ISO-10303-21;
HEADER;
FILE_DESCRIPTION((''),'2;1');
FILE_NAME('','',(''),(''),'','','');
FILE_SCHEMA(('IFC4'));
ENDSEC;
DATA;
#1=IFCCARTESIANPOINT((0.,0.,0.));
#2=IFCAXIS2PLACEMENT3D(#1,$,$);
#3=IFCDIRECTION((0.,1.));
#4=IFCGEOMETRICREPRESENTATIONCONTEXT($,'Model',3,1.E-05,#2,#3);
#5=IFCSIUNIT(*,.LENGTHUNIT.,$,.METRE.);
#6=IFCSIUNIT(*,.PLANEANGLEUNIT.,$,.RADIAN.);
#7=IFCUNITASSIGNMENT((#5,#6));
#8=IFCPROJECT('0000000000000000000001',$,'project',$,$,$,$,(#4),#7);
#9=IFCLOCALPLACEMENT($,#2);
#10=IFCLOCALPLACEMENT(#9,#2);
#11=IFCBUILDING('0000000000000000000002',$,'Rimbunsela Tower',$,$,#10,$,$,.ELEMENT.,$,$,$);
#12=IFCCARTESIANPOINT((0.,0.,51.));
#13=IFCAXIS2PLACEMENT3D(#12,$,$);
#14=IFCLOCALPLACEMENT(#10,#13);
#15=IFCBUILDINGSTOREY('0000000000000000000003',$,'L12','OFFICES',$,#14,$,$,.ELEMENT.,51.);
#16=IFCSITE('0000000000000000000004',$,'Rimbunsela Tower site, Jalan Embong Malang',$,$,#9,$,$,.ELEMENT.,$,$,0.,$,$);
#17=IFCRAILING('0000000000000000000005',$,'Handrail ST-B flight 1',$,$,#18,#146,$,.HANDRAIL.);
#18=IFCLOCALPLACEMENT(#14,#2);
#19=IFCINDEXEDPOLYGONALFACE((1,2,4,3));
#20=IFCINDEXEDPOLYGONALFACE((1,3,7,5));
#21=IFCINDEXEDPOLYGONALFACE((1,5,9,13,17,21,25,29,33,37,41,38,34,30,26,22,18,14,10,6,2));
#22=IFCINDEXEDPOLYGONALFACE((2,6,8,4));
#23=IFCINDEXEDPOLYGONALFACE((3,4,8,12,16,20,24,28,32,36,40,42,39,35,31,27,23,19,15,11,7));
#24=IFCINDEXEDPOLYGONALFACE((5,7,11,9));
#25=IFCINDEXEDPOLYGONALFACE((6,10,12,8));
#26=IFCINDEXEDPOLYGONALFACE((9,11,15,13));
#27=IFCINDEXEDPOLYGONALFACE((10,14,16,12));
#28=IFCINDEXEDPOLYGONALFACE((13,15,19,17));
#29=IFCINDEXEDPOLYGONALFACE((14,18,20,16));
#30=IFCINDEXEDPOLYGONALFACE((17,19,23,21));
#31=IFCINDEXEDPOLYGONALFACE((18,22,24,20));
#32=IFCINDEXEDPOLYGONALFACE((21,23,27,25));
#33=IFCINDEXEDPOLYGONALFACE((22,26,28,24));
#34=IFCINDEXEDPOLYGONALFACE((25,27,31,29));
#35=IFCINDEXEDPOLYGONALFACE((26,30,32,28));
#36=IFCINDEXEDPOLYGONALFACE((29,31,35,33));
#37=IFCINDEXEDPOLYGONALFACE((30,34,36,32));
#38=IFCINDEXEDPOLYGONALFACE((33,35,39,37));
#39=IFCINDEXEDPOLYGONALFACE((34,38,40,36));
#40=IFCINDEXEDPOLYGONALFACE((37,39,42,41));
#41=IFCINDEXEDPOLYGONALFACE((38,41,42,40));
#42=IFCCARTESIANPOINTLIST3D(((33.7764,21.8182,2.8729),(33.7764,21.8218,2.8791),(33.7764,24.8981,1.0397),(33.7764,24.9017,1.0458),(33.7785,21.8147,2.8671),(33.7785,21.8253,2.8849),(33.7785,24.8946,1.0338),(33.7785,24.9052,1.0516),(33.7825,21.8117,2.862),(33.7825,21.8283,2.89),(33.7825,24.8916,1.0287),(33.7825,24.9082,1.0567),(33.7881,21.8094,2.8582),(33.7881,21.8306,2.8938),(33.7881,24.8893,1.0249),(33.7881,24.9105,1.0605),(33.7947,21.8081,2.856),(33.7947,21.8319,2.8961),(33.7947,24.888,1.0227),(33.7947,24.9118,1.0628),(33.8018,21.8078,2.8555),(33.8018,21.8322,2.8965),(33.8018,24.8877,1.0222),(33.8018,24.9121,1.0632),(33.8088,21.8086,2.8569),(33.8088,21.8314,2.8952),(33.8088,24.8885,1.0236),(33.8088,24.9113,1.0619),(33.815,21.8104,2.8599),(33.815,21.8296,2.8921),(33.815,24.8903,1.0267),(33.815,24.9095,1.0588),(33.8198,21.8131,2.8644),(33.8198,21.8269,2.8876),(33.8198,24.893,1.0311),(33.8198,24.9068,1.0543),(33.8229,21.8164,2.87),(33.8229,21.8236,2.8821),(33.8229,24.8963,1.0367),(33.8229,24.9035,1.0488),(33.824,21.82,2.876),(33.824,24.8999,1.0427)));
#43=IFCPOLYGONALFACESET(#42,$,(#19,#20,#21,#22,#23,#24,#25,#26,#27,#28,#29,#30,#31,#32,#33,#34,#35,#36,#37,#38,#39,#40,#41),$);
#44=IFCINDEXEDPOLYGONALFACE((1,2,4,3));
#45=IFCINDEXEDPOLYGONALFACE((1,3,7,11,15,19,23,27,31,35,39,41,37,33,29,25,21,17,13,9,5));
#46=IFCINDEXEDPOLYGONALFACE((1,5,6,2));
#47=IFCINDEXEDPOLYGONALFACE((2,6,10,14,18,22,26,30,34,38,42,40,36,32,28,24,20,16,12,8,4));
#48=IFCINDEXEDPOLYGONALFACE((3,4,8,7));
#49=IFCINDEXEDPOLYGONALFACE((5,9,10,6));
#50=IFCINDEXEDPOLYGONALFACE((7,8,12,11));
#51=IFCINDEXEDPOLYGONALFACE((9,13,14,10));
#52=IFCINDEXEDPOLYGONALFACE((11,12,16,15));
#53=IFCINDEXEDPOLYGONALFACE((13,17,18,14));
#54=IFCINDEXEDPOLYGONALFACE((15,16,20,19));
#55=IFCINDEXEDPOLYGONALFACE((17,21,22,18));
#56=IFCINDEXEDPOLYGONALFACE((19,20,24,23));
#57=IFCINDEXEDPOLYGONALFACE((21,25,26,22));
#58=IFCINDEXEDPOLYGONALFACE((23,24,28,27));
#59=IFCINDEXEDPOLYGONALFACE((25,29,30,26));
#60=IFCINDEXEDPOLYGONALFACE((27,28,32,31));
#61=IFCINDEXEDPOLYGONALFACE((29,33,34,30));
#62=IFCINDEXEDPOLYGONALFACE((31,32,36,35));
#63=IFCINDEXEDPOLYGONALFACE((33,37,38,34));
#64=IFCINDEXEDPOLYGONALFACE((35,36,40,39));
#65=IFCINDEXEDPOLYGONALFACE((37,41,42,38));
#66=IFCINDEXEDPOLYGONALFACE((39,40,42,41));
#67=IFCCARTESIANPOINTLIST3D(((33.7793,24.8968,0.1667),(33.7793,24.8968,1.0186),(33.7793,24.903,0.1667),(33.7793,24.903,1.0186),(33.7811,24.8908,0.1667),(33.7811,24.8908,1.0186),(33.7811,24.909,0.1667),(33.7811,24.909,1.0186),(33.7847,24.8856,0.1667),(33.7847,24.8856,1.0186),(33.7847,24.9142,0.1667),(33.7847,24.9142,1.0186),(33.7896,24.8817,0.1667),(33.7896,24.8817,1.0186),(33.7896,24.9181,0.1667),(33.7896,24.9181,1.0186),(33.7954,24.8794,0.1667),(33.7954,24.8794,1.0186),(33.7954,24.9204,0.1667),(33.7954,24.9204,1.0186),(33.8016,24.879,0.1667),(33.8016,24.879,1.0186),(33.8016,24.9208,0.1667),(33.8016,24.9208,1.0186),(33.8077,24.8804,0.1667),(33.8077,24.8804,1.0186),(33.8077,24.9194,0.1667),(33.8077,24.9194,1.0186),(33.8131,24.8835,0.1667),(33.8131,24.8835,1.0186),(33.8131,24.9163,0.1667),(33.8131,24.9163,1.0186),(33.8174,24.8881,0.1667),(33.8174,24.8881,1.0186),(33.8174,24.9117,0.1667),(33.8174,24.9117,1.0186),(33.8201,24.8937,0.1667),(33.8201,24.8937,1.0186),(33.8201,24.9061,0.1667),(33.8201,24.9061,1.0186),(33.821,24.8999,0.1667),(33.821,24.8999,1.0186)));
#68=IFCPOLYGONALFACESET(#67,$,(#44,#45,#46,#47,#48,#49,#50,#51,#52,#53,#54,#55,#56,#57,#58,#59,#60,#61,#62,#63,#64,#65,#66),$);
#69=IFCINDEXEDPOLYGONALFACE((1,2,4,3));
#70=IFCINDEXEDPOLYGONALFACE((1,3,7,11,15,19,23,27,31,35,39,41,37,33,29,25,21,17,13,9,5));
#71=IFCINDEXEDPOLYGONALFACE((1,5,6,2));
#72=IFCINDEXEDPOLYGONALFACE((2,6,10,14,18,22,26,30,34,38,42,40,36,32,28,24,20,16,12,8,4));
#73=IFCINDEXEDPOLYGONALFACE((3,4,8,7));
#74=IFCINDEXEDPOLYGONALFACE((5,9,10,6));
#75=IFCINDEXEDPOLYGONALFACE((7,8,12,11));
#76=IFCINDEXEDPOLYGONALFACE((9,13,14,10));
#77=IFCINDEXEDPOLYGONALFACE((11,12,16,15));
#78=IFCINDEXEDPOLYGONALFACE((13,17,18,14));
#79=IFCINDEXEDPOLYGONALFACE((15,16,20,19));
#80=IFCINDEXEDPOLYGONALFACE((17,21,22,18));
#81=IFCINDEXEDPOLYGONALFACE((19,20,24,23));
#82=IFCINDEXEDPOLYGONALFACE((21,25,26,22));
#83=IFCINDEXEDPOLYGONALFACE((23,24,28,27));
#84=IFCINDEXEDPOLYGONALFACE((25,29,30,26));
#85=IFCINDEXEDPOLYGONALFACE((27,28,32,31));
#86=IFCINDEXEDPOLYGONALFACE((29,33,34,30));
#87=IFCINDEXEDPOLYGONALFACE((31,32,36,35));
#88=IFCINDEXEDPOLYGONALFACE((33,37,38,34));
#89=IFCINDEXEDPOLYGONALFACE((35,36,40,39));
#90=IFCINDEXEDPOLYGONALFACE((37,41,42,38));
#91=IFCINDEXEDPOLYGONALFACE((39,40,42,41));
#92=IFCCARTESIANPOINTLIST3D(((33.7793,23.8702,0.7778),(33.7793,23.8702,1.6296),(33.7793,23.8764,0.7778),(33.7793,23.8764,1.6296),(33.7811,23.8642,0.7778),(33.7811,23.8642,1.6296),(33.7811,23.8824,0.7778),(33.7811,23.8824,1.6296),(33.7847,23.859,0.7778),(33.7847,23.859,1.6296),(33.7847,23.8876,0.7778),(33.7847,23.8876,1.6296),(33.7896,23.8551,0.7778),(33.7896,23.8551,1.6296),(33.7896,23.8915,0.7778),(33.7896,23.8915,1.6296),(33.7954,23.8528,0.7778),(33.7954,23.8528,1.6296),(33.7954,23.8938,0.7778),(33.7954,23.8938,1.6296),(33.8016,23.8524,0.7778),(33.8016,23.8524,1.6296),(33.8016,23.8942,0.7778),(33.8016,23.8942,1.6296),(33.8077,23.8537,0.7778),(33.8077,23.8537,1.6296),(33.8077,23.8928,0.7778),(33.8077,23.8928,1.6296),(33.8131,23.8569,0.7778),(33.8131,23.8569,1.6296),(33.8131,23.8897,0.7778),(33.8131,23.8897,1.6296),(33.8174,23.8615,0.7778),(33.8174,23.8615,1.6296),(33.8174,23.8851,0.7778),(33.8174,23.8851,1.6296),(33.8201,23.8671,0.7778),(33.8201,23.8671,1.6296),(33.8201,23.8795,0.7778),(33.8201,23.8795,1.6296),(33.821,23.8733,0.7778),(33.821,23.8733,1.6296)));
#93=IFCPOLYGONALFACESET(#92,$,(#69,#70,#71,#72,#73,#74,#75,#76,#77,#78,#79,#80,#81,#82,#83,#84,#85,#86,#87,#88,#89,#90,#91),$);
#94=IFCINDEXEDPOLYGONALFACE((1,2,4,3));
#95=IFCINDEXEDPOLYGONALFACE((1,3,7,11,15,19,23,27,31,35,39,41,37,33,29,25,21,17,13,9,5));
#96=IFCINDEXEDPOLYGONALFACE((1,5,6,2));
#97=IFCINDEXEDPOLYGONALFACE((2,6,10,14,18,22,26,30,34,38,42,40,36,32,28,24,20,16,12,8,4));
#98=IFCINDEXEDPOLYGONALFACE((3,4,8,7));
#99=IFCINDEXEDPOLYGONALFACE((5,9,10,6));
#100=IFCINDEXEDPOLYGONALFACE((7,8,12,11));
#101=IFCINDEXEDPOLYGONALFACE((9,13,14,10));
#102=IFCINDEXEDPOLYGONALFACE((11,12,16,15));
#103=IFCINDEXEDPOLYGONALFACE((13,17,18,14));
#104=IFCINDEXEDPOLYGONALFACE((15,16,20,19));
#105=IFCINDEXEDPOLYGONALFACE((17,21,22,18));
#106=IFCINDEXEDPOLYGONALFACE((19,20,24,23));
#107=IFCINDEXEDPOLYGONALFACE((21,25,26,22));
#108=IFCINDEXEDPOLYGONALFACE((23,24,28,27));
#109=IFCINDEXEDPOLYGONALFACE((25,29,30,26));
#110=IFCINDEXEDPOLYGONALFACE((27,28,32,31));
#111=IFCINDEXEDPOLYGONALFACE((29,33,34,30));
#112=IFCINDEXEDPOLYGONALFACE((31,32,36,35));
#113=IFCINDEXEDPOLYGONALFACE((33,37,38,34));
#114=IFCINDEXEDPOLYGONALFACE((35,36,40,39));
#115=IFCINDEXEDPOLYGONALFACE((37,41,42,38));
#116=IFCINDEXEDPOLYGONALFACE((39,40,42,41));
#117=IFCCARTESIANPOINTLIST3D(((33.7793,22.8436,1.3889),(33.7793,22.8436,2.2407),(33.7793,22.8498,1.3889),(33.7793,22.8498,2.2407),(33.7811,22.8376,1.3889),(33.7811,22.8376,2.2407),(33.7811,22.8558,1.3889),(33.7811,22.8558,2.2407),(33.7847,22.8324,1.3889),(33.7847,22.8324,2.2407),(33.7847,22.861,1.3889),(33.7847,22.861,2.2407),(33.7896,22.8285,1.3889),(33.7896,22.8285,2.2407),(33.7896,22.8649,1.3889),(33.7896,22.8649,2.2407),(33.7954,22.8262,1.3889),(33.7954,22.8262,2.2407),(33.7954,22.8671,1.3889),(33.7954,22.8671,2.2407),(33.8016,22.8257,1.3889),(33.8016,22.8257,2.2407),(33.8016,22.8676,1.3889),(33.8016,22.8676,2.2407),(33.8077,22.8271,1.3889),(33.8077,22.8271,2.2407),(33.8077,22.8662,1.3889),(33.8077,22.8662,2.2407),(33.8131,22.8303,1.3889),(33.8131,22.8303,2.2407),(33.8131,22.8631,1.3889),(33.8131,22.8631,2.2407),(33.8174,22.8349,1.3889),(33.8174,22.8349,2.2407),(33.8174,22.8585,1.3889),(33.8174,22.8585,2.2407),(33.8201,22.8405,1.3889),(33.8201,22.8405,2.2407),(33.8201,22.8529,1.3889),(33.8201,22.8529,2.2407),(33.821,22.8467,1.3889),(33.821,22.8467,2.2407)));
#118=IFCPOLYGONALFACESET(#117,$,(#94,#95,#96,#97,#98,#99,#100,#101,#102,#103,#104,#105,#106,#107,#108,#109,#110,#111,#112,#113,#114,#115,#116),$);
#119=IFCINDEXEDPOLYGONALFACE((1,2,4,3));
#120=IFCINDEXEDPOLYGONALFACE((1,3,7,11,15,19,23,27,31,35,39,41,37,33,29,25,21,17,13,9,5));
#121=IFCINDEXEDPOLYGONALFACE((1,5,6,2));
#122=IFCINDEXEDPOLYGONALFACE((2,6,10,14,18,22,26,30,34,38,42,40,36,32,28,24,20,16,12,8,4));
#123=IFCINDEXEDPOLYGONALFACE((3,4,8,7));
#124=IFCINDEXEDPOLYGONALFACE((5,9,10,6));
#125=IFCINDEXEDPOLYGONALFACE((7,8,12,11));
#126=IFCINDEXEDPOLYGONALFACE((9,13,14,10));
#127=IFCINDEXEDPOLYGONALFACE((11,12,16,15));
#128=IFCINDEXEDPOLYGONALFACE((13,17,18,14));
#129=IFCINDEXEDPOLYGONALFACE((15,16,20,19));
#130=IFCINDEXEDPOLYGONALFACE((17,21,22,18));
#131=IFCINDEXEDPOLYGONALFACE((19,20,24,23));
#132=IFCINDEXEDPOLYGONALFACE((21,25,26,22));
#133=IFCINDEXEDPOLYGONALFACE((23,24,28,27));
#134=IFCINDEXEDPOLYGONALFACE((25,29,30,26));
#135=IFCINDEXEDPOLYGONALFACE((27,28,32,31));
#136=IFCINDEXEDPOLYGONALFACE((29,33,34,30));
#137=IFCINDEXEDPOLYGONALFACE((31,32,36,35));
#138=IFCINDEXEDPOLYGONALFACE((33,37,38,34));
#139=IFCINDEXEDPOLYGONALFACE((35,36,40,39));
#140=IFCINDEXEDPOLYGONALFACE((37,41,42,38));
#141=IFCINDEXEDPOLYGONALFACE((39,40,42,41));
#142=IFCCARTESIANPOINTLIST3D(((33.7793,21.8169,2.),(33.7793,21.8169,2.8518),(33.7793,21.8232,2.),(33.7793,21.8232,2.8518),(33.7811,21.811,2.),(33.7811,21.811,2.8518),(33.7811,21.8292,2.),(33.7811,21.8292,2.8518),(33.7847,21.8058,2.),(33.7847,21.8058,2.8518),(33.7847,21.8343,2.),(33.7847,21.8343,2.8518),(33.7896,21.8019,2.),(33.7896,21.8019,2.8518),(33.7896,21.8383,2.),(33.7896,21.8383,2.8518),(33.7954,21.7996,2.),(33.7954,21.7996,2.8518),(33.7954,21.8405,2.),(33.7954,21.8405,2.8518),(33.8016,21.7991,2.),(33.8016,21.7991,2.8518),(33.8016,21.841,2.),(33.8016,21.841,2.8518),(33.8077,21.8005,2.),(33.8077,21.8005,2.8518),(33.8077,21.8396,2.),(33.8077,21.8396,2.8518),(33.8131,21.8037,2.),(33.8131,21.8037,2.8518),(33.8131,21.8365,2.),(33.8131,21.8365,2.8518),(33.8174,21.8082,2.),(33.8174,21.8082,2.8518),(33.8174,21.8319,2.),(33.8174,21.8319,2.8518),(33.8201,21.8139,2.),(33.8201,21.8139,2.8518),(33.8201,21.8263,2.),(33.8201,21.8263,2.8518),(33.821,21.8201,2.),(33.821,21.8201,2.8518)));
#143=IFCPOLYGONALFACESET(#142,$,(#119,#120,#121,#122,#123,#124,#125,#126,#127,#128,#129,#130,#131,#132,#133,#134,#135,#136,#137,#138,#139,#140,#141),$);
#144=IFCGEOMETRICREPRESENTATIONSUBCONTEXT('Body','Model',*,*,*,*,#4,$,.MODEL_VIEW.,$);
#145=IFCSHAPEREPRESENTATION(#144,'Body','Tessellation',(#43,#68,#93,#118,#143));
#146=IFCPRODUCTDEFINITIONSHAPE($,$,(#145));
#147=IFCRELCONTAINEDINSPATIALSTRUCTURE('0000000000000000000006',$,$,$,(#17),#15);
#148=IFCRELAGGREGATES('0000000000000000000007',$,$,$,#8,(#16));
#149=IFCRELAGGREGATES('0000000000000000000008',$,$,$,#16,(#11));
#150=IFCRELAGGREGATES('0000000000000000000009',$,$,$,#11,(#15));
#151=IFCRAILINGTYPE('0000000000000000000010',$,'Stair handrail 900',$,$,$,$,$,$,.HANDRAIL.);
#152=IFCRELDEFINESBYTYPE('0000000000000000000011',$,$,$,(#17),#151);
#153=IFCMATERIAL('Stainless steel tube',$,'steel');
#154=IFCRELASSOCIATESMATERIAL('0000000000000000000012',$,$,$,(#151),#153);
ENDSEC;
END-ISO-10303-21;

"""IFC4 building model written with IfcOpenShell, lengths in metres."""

from ifc_helpers import new_model, si_unit, direction, frame, origin, origin_2d, place, context, subcontext, project, spatial, circle, extrude, material, type_object, element, save


model = new_model("IFC4")

# Units and contexts
model_context = context("Model", 3, precision=1e-05, world=origin(), true_north=direction((0.0, 1.0)))
body_context = subcontext(model_context, "Body", "Model", "MODEL_VIEW")
ifc_project = project(units=[si_unit("LENGTHUNIT", "METRE"), si_unit("PLANEANGLEUNIT", "RADIAN")], contexts=[model_context])

# Site, building, storey
site_placement = place(None, origin())
site = spatial("IfcSite", under=ifc_project, at=site_placement, Name="Rimbunsela Tower site, Jalan Embong Malang", CompositionType="ELEMENT", RefElevation=0.0)
building_placement = place(site_placement, origin())
building = spatial("IfcBuilding", under=site, at=building_placement, Name="Rimbunsela Tower", CompositionType="ELEMENT")
storey_placement = place(building_placement, frame((0.0, 0.0, 51.0)))
storey = spatial("IfcBuildingStorey", under=building, at=storey_placement, Name="L12", Description="OFFICES", CompositionType="ELEMENT", Elevation=51.0)

# Railing
ifc_material_1 = material(Name="Stainless steel tube", Category="steel")
railing_type = type_object("IfcRailingType", Name="Stair handrail 900", PredefinedType="HANDRAIL", material=ifc_material_1)
railing_placement = place(storey_placement, frame((33.8, 24.8999, 0.1667)))
element("IfcRailing", 1, at=railing_placement, inside=storey, type_object=railing_type, Name="Handrail ST-B flight 1", PredefinedType="HANDRAIL", context=body_context, shape_type="SweptSolid", body=[
    extrude(circle(Radius=0.0239, at=origin_2d()), frame((0.0, 0.0, 0.876), z_axis=(0.0, -0.859291, 0.511487), x_axis=(1.0, 0.0, 0.0)), (0.0, 0.0, 1.0), 3.5842),
    extrude(circle(Radius=0.021, at=origin_2d()), origin(), (0.0, 0.0, 1.0), 0.8518),
    extrude(circle(Radius=0.021, at=origin_2d()), frame((0.0, -1.0266, 0.6111)), (0.0, 0.0, 1.0), 0.8518),
    extrude(circle(Radius=0.021, at=origin_2d()), frame((0.0, -2.0532, 1.2222)), (0.0, 0.0, 1.0), 0.8518),
    extrude(circle(Radius=0.021, at=origin_2d()), frame((0.0, -3.0798, 1.8333)), (0.0, 0.0, 1.0), 0.8518),
])

save(model, "model.ifc")
